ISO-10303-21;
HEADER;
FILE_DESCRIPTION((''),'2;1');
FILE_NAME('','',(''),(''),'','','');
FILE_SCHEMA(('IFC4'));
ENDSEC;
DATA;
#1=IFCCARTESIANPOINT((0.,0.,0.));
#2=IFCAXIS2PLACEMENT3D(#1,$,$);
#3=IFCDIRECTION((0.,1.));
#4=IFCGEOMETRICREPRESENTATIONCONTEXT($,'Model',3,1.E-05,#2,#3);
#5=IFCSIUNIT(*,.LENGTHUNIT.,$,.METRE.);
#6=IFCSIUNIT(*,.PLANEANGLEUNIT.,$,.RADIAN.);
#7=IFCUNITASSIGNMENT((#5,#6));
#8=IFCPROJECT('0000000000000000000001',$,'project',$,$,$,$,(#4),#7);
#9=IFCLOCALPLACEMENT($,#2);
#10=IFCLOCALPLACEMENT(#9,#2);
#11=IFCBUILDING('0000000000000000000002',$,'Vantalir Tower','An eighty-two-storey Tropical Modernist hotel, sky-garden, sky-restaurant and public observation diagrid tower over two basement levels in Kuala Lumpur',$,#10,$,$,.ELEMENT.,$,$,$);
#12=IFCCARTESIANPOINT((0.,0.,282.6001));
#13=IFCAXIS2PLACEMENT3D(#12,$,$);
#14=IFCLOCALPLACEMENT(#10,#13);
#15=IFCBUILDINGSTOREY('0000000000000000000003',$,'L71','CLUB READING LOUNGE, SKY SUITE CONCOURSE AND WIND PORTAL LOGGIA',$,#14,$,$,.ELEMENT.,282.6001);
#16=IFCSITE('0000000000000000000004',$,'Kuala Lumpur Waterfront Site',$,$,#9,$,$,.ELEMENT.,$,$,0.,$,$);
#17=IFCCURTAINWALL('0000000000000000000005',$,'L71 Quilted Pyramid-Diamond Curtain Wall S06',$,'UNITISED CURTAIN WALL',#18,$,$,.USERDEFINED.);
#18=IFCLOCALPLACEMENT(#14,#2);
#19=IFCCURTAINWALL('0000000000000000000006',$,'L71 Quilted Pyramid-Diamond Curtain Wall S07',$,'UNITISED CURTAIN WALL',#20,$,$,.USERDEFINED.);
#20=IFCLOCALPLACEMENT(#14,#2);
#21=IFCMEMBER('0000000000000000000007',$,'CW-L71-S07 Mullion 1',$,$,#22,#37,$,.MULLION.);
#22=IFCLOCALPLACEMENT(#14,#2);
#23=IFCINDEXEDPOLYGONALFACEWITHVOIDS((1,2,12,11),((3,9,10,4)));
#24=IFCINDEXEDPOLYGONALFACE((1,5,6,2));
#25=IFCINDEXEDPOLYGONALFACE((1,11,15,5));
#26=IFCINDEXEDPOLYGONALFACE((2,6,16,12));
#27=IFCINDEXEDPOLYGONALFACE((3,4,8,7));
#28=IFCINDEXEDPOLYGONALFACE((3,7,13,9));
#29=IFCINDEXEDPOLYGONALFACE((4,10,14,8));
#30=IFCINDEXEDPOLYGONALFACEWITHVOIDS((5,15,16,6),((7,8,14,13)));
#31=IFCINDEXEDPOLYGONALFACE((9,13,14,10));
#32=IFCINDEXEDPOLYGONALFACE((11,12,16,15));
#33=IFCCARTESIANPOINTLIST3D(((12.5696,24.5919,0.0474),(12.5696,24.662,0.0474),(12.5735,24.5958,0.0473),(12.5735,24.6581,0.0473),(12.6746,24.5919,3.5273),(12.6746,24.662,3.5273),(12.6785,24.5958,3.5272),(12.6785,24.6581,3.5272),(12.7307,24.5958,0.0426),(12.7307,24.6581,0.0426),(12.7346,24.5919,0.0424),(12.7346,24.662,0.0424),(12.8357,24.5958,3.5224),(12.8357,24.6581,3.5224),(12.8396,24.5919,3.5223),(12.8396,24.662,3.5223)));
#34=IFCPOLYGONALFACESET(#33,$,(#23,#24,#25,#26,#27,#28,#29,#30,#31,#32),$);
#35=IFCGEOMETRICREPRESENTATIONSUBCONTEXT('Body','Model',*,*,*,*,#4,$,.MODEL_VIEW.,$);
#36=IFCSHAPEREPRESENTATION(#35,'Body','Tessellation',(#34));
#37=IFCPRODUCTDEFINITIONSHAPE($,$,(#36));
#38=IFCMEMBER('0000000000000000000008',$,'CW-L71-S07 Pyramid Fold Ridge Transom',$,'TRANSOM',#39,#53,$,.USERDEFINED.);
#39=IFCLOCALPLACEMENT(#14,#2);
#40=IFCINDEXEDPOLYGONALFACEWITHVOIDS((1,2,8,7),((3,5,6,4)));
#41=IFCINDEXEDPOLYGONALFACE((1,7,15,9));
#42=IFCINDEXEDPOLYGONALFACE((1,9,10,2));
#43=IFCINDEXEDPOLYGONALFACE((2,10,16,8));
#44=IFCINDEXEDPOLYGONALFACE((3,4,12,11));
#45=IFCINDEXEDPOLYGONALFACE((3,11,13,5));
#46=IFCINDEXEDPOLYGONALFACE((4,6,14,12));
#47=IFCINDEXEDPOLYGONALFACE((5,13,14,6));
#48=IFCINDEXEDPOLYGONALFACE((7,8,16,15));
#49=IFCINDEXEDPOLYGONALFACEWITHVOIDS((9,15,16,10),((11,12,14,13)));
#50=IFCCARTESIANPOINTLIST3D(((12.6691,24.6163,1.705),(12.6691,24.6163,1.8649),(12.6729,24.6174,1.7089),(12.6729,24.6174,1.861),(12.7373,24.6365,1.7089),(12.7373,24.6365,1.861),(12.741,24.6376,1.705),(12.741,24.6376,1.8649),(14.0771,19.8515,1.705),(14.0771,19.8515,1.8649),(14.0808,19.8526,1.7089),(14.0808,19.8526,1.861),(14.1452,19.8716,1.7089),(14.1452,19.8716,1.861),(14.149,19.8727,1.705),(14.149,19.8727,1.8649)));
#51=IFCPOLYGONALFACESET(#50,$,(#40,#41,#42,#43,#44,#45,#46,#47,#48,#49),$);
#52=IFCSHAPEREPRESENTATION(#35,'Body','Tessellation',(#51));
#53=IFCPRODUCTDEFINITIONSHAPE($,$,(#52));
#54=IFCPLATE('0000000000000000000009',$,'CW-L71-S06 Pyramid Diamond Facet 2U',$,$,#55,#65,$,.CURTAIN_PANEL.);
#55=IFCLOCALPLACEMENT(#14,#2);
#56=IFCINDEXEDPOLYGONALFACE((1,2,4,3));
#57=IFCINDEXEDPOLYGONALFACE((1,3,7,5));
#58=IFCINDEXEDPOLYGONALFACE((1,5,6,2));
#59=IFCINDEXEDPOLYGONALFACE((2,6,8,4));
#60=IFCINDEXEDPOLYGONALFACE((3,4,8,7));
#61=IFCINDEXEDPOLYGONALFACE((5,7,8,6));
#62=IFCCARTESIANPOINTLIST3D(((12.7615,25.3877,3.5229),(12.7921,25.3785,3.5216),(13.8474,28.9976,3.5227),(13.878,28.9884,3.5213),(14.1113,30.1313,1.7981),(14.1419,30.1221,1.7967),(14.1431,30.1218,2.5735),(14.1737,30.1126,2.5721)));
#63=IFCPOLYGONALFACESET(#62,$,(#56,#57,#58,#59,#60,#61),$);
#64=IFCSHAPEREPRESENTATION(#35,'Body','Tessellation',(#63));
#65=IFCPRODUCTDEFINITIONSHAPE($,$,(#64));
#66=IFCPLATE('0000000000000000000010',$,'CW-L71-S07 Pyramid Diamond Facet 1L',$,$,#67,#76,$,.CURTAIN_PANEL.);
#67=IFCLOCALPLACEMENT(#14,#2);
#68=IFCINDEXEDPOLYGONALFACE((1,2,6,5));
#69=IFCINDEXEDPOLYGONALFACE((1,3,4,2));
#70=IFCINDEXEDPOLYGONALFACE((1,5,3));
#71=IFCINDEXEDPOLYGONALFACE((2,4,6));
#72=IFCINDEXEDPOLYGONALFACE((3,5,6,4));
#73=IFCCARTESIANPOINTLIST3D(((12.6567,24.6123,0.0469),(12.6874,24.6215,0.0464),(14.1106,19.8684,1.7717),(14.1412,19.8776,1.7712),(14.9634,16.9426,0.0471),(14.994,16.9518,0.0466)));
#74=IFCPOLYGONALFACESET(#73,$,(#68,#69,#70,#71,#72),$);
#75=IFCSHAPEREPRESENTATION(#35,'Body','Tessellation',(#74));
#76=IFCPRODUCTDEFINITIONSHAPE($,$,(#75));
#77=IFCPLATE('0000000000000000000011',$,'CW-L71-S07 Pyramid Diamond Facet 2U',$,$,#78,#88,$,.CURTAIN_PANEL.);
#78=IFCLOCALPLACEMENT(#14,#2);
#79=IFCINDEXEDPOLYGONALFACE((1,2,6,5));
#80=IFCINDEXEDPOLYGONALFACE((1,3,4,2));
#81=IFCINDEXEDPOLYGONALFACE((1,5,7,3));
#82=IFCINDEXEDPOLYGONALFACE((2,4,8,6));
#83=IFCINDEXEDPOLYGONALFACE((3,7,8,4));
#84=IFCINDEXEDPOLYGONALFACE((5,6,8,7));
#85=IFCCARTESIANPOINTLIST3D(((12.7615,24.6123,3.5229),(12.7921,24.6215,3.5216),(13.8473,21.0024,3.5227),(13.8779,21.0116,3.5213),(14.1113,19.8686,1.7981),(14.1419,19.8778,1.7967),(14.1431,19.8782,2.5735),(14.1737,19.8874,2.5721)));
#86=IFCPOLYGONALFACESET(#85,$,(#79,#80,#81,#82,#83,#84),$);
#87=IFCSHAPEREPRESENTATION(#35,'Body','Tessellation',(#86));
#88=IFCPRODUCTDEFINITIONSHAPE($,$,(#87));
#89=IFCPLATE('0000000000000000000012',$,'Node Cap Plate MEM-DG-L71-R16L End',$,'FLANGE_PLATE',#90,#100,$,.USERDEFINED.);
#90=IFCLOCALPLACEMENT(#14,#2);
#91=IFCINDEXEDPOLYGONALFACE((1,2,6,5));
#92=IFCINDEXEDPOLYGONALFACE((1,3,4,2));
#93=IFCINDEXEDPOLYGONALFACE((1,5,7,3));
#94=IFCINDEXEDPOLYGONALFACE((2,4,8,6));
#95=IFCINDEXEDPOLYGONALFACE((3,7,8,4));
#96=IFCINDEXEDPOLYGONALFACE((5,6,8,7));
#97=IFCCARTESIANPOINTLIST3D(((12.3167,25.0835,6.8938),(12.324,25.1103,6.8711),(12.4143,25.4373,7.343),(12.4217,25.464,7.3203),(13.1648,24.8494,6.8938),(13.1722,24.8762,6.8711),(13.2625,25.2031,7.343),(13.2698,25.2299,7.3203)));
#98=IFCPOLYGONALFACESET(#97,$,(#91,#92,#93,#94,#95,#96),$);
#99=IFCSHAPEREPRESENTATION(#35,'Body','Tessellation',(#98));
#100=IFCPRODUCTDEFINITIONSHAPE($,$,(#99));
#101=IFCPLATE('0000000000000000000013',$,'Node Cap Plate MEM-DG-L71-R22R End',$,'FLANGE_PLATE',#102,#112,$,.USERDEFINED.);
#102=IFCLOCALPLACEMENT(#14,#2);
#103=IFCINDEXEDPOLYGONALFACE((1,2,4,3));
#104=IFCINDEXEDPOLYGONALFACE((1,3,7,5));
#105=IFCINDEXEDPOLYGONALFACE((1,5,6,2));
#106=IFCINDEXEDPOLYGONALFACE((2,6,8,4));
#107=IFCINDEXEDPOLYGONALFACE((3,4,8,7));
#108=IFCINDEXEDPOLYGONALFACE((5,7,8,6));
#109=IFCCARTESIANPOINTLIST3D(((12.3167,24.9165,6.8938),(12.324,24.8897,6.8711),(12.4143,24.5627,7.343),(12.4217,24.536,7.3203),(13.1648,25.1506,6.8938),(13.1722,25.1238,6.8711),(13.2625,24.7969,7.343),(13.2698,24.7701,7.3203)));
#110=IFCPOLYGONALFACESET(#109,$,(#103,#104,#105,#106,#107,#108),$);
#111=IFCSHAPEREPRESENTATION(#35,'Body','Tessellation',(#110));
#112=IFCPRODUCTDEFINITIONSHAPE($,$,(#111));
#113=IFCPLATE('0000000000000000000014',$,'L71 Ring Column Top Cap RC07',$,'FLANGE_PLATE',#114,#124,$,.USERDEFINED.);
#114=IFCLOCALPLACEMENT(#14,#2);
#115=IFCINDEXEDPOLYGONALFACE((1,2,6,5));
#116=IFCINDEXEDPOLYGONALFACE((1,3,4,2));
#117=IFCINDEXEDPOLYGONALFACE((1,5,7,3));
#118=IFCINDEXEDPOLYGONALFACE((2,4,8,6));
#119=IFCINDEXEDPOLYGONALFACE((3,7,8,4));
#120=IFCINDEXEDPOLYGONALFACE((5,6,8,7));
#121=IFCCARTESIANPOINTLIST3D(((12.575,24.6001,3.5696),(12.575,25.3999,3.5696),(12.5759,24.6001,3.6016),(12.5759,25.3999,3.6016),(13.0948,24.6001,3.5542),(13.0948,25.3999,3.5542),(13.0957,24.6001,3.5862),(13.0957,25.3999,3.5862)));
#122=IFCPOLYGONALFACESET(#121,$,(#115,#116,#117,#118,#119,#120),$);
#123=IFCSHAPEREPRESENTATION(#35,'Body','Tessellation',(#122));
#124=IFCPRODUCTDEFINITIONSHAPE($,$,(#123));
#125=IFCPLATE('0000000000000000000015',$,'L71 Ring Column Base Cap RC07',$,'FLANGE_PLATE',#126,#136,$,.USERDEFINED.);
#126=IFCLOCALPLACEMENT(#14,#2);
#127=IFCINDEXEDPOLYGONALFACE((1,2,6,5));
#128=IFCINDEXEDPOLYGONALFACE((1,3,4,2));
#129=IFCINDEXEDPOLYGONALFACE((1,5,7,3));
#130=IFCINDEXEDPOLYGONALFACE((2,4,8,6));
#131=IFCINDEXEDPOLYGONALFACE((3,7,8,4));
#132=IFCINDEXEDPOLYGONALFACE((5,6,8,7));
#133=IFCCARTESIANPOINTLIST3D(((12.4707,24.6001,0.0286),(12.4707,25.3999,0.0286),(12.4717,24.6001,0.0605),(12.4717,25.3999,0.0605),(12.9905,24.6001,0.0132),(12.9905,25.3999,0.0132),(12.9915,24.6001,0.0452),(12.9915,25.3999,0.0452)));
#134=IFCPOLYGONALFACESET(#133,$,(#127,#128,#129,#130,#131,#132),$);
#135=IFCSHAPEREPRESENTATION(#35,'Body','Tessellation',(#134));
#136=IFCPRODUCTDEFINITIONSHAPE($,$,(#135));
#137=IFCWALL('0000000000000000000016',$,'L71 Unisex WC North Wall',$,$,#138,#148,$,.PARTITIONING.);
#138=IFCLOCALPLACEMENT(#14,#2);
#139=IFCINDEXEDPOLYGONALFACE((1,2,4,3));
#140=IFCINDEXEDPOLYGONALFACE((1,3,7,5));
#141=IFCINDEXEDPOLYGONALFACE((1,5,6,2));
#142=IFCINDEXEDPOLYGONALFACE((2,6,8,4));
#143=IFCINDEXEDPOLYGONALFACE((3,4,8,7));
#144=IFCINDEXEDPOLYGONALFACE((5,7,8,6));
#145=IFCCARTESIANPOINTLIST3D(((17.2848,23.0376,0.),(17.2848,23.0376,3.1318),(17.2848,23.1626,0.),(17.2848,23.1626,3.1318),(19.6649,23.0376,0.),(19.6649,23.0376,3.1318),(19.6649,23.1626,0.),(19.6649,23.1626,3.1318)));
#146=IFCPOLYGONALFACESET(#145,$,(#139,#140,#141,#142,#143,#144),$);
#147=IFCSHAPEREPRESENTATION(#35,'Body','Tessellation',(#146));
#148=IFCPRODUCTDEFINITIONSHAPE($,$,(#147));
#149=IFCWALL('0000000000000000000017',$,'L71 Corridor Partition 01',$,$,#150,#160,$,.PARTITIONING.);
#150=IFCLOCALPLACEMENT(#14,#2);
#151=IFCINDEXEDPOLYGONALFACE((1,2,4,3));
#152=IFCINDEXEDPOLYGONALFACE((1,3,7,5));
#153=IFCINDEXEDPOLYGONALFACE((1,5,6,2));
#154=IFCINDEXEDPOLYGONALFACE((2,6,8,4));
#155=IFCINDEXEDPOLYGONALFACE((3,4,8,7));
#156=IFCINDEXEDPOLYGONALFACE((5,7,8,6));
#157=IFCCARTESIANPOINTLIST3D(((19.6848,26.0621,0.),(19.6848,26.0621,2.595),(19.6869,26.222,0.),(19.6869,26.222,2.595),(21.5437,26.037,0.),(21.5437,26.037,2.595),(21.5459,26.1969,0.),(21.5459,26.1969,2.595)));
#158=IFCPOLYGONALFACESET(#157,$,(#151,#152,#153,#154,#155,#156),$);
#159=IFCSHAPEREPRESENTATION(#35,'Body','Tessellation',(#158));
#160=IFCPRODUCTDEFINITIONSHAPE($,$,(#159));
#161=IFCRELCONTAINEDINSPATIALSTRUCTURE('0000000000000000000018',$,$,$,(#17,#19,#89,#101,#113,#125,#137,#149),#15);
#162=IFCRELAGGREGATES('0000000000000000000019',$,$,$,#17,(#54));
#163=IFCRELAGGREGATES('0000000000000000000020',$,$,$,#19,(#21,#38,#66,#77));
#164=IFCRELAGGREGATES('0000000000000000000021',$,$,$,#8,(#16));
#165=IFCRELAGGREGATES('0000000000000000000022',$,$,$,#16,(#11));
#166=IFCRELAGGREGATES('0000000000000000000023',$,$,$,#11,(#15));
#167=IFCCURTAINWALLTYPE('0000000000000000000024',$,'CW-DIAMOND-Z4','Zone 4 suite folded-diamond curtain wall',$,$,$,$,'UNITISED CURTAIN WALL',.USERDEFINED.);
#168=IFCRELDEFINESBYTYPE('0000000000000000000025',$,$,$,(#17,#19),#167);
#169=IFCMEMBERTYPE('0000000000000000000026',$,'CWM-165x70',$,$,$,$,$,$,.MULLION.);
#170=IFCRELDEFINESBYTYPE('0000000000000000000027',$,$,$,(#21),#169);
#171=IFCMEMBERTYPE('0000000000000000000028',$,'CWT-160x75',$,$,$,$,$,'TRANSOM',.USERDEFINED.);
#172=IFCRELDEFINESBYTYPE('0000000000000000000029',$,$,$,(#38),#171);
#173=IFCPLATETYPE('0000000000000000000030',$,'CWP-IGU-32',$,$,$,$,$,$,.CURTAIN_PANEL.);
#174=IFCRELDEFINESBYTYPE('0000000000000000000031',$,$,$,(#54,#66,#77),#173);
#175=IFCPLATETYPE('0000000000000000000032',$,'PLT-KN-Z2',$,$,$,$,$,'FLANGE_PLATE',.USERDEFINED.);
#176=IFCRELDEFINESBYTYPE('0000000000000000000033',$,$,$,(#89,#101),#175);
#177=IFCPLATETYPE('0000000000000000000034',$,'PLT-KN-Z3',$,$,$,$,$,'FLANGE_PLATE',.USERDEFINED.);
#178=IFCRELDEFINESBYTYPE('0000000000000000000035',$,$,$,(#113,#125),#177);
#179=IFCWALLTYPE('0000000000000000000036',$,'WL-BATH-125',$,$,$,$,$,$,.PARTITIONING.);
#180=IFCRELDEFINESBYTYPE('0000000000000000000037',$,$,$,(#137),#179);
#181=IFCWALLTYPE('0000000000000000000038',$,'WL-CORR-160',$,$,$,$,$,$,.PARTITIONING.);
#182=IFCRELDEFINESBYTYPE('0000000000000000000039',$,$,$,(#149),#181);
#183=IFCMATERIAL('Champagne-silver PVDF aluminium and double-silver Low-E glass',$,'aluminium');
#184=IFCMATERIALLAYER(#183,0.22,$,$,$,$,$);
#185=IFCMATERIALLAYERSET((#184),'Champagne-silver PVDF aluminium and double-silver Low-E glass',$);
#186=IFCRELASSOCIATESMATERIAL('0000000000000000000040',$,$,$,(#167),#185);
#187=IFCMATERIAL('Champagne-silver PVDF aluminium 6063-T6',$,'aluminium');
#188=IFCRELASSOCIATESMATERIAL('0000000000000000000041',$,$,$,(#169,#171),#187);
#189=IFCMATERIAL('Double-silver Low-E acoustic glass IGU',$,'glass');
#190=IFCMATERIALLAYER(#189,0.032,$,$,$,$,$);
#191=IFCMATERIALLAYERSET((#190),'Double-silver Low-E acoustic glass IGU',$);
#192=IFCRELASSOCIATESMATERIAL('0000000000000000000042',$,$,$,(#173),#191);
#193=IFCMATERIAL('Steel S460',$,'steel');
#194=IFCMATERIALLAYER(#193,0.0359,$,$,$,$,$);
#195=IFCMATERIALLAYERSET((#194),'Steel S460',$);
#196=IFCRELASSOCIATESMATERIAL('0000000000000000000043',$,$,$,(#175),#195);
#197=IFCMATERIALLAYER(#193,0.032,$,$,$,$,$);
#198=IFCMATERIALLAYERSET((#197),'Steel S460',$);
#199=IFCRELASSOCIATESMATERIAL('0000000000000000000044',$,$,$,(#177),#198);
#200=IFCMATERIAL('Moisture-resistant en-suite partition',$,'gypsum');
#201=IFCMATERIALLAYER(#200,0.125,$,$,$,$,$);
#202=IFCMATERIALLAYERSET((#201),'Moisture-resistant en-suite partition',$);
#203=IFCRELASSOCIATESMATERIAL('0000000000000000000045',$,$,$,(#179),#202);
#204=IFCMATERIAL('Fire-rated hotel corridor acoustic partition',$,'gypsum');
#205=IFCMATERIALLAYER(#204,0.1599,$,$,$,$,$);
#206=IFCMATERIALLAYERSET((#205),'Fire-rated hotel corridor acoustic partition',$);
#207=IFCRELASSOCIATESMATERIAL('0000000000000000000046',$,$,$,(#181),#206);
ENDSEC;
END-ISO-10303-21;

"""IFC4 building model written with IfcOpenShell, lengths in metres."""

from ifc_helpers import new_model, si_unit, direction, frame, frame_2d, origin, origin_2d, place, context, subcontext, project, spatial, polyline, rectangle, hollow_rectangle, outline, extrude, material, layer, layer_set, material_profile, profile_set, type_object, element, aggregate, save


model = new_model("IFC4")

# Units and contexts
model_context = context("Model", 3, precision=1e-05, world=origin(), true_north=direction((0.0, 1.0)))
body_context = subcontext(model_context, "Body", "Model", "MODEL_VIEW")
ifc_project = project(units=[si_unit("LENGTHUNIT", "METRE"), si_unit("PLANEANGLEUNIT", "RADIAN")], contexts=[model_context])

# Site, building, storey
site_placement = place(None, origin())
site = spatial("IfcSite", under=ifc_project, at=site_placement, Name="Kuala Lumpur Waterfront Site", CompositionType="ELEMENT", RefElevation=0.0)
building_placement = place(site_placement, origin())
building = spatial("IfcBuilding", under=site, at=building_placement, Name="Vantalir Tower", Description="An eighty-two-storey Tropical Modernist hotel, sky-garden, sky-restaurant and public observation diagrid tower over two basement levels in Kuala Lumpur", CompositionType="ELEMENT")
storey_placement = place(building_placement, frame((0.0, 0.0, 282.6001)))
storey = spatial("IfcBuildingStorey", under=building, at=storey_placement, Name="L71", Description="CLUB READING LOUNGE, SKY SUITE CONCOURSE AND WIND PORTAL LOGGIA", CompositionType="ELEMENT", Elevation=282.6001)

# Shared definitions
ifc_material_1 = material(Name="Steel S460", Category="steel")

# Curtain wall
ifc_material_2 = material(Name="Champagne-silver PVDF aluminium and double-silver Low-E glass", Category="aluminium")
ifc_layer_1 = layer(ifc_material_2, 0.22)
ifc_layer_set_1 = layer_set([ifc_layer_1], Name="Champagne-silver PVDF aluminium and double-silver Low-E glass")
curtain_wall_type = type_object("IfcCurtainWallType", Name="CW-DIAMOND-Z4", Description="Zone 4 suite folded-diamond curtain wall", ElementType="UNITISED CURTAIN WALL", PredefinedType="USERDEFINED", material=ifc_layer_set_1)
curtain_wall_1_placement = place(storey_placement, origin())
curtain_wall_1 = element("IfcCurtainWall", 1, at=curtain_wall_1_placement, inside=storey, type_object=curtain_wall_type, Name="L71 Quilted Pyramid-Diamond Curtain Wall S06", ObjectType="UNITISED CURTAIN WALL", PredefinedType="USERDEFINED")
ifc_material_3 = material(Name="Champagne-silver PVDF aluminium 6063-T6", Category="aluminium")
ifc_material_profile_1 = material_profile(ifc_material_3, hollow_rectangle(XDim=0.0701, YDim=0.165, WallThickness=0.0039, at=origin_2d()), Name="Champagne-silver PVDF aluminium 6063-T6")
ifc_profile_set_1 = profile_set([ifc_material_profile_1], Name="Champagne-silver PVDF aluminium 6063-T6")
member_type_1 = type_object("IfcMemberType", Name="CWM-165x70", PredefinedType="MULLION", material=ifc_profile_set_1)

# Curtain wall, members
curtain_wall_2_placement = place(storey_placement, origin())
curtain_wall_2 = element("IfcCurtainWall", 2, at=curtain_wall_2_placement, inside=storey, type_object=curtain_wall_type, Name="L71 Quilted Pyramid-Diamond Curtain Wall S07", ObjectType="UNITISED CURTAIN WALL", PredefinedType="USERDEFINED")
member_1_placement = place(storey_placement, frame((12.6521, 24.627, 0.0449), z_axis=(0.030153, 0.0, 0.999545), x_axis=(0.0, 1.0, 0.0)))
member_1 = element("IfcMember", 3, at=member_1_placement, type_object=member_type_1, Name="CW-L71-S07 Mullion 1", PredefinedType="MULLION", context=body_context, shape_type="SweptSolid", body=[
    extrude(hollow_rectangle(XDim=0.0701, YDim=0.165, WallThickness=0.0039, at=origin_2d()), origin(), (0.0, 0.0, 1.0), 3.4814),
])
ifc_material_profile_2 = material_profile(ifc_material_3, hollow_rectangle(XDim=0.075, YDim=0.1599, WallThickness=0.0039, at=origin_2d()), Name="Champagne-silver PVDF aluminium 6063-T6")
ifc_profile_set_2 = profile_set([ifc_material_profile_2], Name="Champagne-silver PVDF aluminium 6063-T6")
member_type_2 = type_object("IfcMemberType", Name="CWT-160x75", ElementType="TRANSOM", PredefinedType="USERDEFINED", material=ifc_profile_set_2)
member_2_placement = place(storey_placement, frame((12.7051, 24.627, 1.7849), z_axis=(0.283374, -0.95901, 0.0), x_axis=(0.95901, 0.283374, 0.0)))
member_2 = element("IfcMember", 4, at=member_2_placement, type_object=member_type_2, Name="CW-L71-S07 Pyramid Fold Ridge Transom", ObjectType="TRANSOM", PredefinedType="USERDEFINED", context=body_context, shape_type="SweptSolid", body=[
    extrude(hollow_rectangle(XDim=0.075, YDim=0.1599, WallThickness=0.0039, at=origin_2d()), origin(), (0.0, 0.0, 1.0), 4.9685),
])

# Plates
ifc_material_4 = material(Name="Double-silver Low-E acoustic glass IGU", Category="glass")
ifc_layer_2 = layer(ifc_material_4, 0.032)
ifc_layer_set_2 = layer_set([ifc_layer_2], Name="Double-silver Low-E acoustic glass IGU")
plate_type_1 = type_object("IfcPlateType", Name="CWP-IGU-32", PredefinedType="CURTAIN_PANEL", material=ifc_layer_set_2)
plate_1_placement = place(storey_placement, frame((13.8474, 28.9976, 3.5227), z_axis=(-0.956736, 0.287793, 0.042791), x_axis=(-0.288054, -0.957614, 0.000064)))
plate_1 = element("IfcPlate", 5, at=plate_1_placement, type_object=plate_type_1, Name="CW-L71-S06 Pyramid Diamond Facet 2U", PredefinedType="CURTAIN_PANEL", context=body_context, shape_type="SweptSolid", body=[
    extrude(outline(polyline([(0.0, 0.0), (3.7697, 0.0), (-1.1619, -1.7261), (-1.1618, -0.95), (0.0, 0.0)])), origin(), (0.0, 0.0, -1.0), 0.032),
])
aggregate(curtain_wall_1, [plate_1])
plate_2_placement = place(storey_placement, frame((12.6567, 24.6123, 0.0469), z_axis=(-0.95752, -0.287972, 0.015067), x_axis=(0.288005, -0.957629, 0.00003)))
plate_2 = element("IfcPlate", 6, at=plate_2_placement, type_object=plate_type_1, Name="CW-L71-S07 Pyramid Diamond Facet 1L", PredefinedType="CURTAIN_PANEL", context=body_context, shape_type="SweptSolid", body=[
    extrude(outline(polyline([(0.0, 0.0), (8.009, 0.0), (4.9617, 1.7249), (0.0, 0.0)])), origin(), (0.0, 0.0, -1.0), 0.032),
])
plate_3_placement = place(storey_placement, frame((12.7615, 24.6123, 3.5229), z_axis=(-0.956736, -0.287793, 0.042791), x_axis=(0.288054, -0.957614, -0.000064)))
plate_3 = element("IfcPlate", 7, at=plate_3_placement, type_object=plate_type_1, Name="CW-L71-S07 Pyramid Diamond Facet 2U", PredefinedType="CURTAIN_PANEL", context=body_context, shape_type="SweptSolid", body=[
    extrude(outline(polyline([(0.0, 0.0), (3.7697, 0.0), (4.9315, -0.95), (4.9315, -1.7261), (0.0, 0.0)])), origin(), (0.0, 0.0, -1.0), 0.032),
])
aggregate(curtain_wall_2, [member_1, member_2, plate_2, plate_3])

# Plates
ifc_layer_3 = layer(ifc_material_1, 0.0359)
ifc_layer_set_3 = layer_set([ifc_layer_3], Name="Steel S460")
plate_type_2 = type_object("IfcPlateType", Name="PLT-KN-Z2", ElementType="FLANGE_PLATE", PredefinedType="USERDEFINED", material=ifc_layer_set_3)
plate_4_placement = place(storey_placement, frame((12.3167, 25.0835, 6.8938), z_axis=(-0.206072, -0.746502, 0.632668), x_axis=(0.963946, -0.266098, 0.0)))
element("IfcPlate", 8, at=plate_4_placement, inside=storey, type_object=plate_type_2, Name="Node Cap Plate MEM-DG-L71-R16L End", ObjectType="FLANGE_PLATE", PredefinedType="USERDEFINED", context=body_context, shape_type="SweptSolid", body=[
    extrude(outline(polyline([(0.0, 0.0), (0.8799, 0.0), (0.8799, 0.5801), (0.0, 0.5801), (0.0, 0.0)])), origin(), (0.0, 0.0, -1.0), 0.0359),
])
plate_5_placement = place(storey_placement, frame((13.1648, 25.1506, 6.8938), z_axis=(-0.206072, 0.746502, 0.632668), x_axis=(-0.963946, -0.266098, 0.0)))
element("IfcPlate", 9, at=plate_5_placement, inside=storey, type_object=plate_type_2, Name="Node Cap Plate MEM-DG-L71-R22R End", ObjectType="FLANGE_PLATE", PredefinedType="USERDEFINED", context=body_context, shape_type="SweptSolid", body=[
    extrude(outline(polyline([(0.0, 0.0), (0.8799, 0.0), (0.8799, 0.5801), (0.0, 0.5801), (0.0, 0.0)])), origin(), (0.0, 0.0, -1.0), 0.0359),
])
ifc_layer_4 = layer(ifc_material_1, 0.032)
ifc_layer_set_4 = layer_set([ifc_layer_4], Name="Steel S460")
plate_type_3 = type_object("IfcPlateType", Name="PLT-KN-Z3", ElementType="FLANGE_PLATE", PredefinedType="USERDEFINED", material=ifc_layer_set_4)
for number, where, z_axis, x_axis, name in (
    (10, (12.5759, 25.3999, 3.6016), (0.029578, 0.0, 0.999562), (0.0, -1.0, 0.0), "L71 Ring Column Top Cap RC07"),
    (11, (12.4717, 25.3999, 0.0605), (0.029578, 0.0, 0.999562), (0.0, -1.0, 0.0), "L71 Ring Column Base Cap RC07"),
):
    element("IfcPlate", number, at=place(storey_placement, frame(where, z_axis=z_axis, x_axis=x_axis)), inside=storey, type_object=plate_type_3, Name=name, ObjectType="FLANGE_PLATE", PredefinedType="USERDEFINED", context=body_context, shape_type="SweptSolid", body=[
        extrude(outline(polyline([(0.0, 0.0), (0.7998, 0.0), (0.7998, 0.52), (0.0, 0.52), (0.0, 0.0)])), origin(), (0.0, 0.0, -1.0), 0.032),
    ])

# Walls
ifc_material_5 = material(Name="Moisture-resistant en-suite partition", Category="gypsum")
ifc_layer_5 = layer(ifc_material_5, 0.125)
ifc_layer_set_5 = layer_set([ifc_layer_5], Name="Moisture-resistant en-suite partition")
wall_type_1 = type_object("IfcWallType", Name="WL-BATH-125", PredefinedType="PARTITIONING", material=ifc_layer_set_5)
wall_1_placement = place(storey_placement, frame((17.2849, 23.1001, 0.0), z_axis=(0.0, 0.0, 1.0), x_axis=(1.0, 0.0, 0.0)))
element("IfcWall", 12, at=wall_1_placement, inside=storey, type_object=wall_type_1, Name="L71 Unisex WC North Wall", PredefinedType="PARTITIONING", context=body_context, shape_type="SweptSolid", body=[
    extrude(rectangle(XDim=2.3801, YDim=0.125, at=frame_2d((1.1899, 0.0))), origin(), (0.0, 0.0, 1.0), 3.1318),
])
ifc_material_6 = material(Name="Fire-rated hotel corridor acoustic partition", Category="gypsum")
ifc_layer_6 = layer(ifc_material_6, 0.1599)
ifc_layer_set_6 = layer_set([ifc_layer_6], Name="Fire-rated hotel corridor acoustic partition")
wall_type_2 = type_object("IfcWallType", Name="WL-CORR-160", PredefinedType="PARTITIONING", material=ifc_layer_set_6)
wall_2_placement = place(storey_placement, frame((21.5449, 26.1169, 0.0), z_axis=(0.0, 0.0, 1.0), x_axis=(-0.999909, 0.013526, 0.0)))
element("IfcWall", 13, at=wall_2_placement, inside=storey, type_object=wall_type_2, Name="L71 Corridor Partition 01", PredefinedType="PARTITIONING", context=body_context, shape_type="SweptSolid", body=[
    extrude(rectangle(XDim=1.8591, YDim=0.1599, at=frame_2d((0.9297, 0.0))), origin(), (0.0, 0.0, 1.0), 2.595),
])

save(model, "model.ifc")
